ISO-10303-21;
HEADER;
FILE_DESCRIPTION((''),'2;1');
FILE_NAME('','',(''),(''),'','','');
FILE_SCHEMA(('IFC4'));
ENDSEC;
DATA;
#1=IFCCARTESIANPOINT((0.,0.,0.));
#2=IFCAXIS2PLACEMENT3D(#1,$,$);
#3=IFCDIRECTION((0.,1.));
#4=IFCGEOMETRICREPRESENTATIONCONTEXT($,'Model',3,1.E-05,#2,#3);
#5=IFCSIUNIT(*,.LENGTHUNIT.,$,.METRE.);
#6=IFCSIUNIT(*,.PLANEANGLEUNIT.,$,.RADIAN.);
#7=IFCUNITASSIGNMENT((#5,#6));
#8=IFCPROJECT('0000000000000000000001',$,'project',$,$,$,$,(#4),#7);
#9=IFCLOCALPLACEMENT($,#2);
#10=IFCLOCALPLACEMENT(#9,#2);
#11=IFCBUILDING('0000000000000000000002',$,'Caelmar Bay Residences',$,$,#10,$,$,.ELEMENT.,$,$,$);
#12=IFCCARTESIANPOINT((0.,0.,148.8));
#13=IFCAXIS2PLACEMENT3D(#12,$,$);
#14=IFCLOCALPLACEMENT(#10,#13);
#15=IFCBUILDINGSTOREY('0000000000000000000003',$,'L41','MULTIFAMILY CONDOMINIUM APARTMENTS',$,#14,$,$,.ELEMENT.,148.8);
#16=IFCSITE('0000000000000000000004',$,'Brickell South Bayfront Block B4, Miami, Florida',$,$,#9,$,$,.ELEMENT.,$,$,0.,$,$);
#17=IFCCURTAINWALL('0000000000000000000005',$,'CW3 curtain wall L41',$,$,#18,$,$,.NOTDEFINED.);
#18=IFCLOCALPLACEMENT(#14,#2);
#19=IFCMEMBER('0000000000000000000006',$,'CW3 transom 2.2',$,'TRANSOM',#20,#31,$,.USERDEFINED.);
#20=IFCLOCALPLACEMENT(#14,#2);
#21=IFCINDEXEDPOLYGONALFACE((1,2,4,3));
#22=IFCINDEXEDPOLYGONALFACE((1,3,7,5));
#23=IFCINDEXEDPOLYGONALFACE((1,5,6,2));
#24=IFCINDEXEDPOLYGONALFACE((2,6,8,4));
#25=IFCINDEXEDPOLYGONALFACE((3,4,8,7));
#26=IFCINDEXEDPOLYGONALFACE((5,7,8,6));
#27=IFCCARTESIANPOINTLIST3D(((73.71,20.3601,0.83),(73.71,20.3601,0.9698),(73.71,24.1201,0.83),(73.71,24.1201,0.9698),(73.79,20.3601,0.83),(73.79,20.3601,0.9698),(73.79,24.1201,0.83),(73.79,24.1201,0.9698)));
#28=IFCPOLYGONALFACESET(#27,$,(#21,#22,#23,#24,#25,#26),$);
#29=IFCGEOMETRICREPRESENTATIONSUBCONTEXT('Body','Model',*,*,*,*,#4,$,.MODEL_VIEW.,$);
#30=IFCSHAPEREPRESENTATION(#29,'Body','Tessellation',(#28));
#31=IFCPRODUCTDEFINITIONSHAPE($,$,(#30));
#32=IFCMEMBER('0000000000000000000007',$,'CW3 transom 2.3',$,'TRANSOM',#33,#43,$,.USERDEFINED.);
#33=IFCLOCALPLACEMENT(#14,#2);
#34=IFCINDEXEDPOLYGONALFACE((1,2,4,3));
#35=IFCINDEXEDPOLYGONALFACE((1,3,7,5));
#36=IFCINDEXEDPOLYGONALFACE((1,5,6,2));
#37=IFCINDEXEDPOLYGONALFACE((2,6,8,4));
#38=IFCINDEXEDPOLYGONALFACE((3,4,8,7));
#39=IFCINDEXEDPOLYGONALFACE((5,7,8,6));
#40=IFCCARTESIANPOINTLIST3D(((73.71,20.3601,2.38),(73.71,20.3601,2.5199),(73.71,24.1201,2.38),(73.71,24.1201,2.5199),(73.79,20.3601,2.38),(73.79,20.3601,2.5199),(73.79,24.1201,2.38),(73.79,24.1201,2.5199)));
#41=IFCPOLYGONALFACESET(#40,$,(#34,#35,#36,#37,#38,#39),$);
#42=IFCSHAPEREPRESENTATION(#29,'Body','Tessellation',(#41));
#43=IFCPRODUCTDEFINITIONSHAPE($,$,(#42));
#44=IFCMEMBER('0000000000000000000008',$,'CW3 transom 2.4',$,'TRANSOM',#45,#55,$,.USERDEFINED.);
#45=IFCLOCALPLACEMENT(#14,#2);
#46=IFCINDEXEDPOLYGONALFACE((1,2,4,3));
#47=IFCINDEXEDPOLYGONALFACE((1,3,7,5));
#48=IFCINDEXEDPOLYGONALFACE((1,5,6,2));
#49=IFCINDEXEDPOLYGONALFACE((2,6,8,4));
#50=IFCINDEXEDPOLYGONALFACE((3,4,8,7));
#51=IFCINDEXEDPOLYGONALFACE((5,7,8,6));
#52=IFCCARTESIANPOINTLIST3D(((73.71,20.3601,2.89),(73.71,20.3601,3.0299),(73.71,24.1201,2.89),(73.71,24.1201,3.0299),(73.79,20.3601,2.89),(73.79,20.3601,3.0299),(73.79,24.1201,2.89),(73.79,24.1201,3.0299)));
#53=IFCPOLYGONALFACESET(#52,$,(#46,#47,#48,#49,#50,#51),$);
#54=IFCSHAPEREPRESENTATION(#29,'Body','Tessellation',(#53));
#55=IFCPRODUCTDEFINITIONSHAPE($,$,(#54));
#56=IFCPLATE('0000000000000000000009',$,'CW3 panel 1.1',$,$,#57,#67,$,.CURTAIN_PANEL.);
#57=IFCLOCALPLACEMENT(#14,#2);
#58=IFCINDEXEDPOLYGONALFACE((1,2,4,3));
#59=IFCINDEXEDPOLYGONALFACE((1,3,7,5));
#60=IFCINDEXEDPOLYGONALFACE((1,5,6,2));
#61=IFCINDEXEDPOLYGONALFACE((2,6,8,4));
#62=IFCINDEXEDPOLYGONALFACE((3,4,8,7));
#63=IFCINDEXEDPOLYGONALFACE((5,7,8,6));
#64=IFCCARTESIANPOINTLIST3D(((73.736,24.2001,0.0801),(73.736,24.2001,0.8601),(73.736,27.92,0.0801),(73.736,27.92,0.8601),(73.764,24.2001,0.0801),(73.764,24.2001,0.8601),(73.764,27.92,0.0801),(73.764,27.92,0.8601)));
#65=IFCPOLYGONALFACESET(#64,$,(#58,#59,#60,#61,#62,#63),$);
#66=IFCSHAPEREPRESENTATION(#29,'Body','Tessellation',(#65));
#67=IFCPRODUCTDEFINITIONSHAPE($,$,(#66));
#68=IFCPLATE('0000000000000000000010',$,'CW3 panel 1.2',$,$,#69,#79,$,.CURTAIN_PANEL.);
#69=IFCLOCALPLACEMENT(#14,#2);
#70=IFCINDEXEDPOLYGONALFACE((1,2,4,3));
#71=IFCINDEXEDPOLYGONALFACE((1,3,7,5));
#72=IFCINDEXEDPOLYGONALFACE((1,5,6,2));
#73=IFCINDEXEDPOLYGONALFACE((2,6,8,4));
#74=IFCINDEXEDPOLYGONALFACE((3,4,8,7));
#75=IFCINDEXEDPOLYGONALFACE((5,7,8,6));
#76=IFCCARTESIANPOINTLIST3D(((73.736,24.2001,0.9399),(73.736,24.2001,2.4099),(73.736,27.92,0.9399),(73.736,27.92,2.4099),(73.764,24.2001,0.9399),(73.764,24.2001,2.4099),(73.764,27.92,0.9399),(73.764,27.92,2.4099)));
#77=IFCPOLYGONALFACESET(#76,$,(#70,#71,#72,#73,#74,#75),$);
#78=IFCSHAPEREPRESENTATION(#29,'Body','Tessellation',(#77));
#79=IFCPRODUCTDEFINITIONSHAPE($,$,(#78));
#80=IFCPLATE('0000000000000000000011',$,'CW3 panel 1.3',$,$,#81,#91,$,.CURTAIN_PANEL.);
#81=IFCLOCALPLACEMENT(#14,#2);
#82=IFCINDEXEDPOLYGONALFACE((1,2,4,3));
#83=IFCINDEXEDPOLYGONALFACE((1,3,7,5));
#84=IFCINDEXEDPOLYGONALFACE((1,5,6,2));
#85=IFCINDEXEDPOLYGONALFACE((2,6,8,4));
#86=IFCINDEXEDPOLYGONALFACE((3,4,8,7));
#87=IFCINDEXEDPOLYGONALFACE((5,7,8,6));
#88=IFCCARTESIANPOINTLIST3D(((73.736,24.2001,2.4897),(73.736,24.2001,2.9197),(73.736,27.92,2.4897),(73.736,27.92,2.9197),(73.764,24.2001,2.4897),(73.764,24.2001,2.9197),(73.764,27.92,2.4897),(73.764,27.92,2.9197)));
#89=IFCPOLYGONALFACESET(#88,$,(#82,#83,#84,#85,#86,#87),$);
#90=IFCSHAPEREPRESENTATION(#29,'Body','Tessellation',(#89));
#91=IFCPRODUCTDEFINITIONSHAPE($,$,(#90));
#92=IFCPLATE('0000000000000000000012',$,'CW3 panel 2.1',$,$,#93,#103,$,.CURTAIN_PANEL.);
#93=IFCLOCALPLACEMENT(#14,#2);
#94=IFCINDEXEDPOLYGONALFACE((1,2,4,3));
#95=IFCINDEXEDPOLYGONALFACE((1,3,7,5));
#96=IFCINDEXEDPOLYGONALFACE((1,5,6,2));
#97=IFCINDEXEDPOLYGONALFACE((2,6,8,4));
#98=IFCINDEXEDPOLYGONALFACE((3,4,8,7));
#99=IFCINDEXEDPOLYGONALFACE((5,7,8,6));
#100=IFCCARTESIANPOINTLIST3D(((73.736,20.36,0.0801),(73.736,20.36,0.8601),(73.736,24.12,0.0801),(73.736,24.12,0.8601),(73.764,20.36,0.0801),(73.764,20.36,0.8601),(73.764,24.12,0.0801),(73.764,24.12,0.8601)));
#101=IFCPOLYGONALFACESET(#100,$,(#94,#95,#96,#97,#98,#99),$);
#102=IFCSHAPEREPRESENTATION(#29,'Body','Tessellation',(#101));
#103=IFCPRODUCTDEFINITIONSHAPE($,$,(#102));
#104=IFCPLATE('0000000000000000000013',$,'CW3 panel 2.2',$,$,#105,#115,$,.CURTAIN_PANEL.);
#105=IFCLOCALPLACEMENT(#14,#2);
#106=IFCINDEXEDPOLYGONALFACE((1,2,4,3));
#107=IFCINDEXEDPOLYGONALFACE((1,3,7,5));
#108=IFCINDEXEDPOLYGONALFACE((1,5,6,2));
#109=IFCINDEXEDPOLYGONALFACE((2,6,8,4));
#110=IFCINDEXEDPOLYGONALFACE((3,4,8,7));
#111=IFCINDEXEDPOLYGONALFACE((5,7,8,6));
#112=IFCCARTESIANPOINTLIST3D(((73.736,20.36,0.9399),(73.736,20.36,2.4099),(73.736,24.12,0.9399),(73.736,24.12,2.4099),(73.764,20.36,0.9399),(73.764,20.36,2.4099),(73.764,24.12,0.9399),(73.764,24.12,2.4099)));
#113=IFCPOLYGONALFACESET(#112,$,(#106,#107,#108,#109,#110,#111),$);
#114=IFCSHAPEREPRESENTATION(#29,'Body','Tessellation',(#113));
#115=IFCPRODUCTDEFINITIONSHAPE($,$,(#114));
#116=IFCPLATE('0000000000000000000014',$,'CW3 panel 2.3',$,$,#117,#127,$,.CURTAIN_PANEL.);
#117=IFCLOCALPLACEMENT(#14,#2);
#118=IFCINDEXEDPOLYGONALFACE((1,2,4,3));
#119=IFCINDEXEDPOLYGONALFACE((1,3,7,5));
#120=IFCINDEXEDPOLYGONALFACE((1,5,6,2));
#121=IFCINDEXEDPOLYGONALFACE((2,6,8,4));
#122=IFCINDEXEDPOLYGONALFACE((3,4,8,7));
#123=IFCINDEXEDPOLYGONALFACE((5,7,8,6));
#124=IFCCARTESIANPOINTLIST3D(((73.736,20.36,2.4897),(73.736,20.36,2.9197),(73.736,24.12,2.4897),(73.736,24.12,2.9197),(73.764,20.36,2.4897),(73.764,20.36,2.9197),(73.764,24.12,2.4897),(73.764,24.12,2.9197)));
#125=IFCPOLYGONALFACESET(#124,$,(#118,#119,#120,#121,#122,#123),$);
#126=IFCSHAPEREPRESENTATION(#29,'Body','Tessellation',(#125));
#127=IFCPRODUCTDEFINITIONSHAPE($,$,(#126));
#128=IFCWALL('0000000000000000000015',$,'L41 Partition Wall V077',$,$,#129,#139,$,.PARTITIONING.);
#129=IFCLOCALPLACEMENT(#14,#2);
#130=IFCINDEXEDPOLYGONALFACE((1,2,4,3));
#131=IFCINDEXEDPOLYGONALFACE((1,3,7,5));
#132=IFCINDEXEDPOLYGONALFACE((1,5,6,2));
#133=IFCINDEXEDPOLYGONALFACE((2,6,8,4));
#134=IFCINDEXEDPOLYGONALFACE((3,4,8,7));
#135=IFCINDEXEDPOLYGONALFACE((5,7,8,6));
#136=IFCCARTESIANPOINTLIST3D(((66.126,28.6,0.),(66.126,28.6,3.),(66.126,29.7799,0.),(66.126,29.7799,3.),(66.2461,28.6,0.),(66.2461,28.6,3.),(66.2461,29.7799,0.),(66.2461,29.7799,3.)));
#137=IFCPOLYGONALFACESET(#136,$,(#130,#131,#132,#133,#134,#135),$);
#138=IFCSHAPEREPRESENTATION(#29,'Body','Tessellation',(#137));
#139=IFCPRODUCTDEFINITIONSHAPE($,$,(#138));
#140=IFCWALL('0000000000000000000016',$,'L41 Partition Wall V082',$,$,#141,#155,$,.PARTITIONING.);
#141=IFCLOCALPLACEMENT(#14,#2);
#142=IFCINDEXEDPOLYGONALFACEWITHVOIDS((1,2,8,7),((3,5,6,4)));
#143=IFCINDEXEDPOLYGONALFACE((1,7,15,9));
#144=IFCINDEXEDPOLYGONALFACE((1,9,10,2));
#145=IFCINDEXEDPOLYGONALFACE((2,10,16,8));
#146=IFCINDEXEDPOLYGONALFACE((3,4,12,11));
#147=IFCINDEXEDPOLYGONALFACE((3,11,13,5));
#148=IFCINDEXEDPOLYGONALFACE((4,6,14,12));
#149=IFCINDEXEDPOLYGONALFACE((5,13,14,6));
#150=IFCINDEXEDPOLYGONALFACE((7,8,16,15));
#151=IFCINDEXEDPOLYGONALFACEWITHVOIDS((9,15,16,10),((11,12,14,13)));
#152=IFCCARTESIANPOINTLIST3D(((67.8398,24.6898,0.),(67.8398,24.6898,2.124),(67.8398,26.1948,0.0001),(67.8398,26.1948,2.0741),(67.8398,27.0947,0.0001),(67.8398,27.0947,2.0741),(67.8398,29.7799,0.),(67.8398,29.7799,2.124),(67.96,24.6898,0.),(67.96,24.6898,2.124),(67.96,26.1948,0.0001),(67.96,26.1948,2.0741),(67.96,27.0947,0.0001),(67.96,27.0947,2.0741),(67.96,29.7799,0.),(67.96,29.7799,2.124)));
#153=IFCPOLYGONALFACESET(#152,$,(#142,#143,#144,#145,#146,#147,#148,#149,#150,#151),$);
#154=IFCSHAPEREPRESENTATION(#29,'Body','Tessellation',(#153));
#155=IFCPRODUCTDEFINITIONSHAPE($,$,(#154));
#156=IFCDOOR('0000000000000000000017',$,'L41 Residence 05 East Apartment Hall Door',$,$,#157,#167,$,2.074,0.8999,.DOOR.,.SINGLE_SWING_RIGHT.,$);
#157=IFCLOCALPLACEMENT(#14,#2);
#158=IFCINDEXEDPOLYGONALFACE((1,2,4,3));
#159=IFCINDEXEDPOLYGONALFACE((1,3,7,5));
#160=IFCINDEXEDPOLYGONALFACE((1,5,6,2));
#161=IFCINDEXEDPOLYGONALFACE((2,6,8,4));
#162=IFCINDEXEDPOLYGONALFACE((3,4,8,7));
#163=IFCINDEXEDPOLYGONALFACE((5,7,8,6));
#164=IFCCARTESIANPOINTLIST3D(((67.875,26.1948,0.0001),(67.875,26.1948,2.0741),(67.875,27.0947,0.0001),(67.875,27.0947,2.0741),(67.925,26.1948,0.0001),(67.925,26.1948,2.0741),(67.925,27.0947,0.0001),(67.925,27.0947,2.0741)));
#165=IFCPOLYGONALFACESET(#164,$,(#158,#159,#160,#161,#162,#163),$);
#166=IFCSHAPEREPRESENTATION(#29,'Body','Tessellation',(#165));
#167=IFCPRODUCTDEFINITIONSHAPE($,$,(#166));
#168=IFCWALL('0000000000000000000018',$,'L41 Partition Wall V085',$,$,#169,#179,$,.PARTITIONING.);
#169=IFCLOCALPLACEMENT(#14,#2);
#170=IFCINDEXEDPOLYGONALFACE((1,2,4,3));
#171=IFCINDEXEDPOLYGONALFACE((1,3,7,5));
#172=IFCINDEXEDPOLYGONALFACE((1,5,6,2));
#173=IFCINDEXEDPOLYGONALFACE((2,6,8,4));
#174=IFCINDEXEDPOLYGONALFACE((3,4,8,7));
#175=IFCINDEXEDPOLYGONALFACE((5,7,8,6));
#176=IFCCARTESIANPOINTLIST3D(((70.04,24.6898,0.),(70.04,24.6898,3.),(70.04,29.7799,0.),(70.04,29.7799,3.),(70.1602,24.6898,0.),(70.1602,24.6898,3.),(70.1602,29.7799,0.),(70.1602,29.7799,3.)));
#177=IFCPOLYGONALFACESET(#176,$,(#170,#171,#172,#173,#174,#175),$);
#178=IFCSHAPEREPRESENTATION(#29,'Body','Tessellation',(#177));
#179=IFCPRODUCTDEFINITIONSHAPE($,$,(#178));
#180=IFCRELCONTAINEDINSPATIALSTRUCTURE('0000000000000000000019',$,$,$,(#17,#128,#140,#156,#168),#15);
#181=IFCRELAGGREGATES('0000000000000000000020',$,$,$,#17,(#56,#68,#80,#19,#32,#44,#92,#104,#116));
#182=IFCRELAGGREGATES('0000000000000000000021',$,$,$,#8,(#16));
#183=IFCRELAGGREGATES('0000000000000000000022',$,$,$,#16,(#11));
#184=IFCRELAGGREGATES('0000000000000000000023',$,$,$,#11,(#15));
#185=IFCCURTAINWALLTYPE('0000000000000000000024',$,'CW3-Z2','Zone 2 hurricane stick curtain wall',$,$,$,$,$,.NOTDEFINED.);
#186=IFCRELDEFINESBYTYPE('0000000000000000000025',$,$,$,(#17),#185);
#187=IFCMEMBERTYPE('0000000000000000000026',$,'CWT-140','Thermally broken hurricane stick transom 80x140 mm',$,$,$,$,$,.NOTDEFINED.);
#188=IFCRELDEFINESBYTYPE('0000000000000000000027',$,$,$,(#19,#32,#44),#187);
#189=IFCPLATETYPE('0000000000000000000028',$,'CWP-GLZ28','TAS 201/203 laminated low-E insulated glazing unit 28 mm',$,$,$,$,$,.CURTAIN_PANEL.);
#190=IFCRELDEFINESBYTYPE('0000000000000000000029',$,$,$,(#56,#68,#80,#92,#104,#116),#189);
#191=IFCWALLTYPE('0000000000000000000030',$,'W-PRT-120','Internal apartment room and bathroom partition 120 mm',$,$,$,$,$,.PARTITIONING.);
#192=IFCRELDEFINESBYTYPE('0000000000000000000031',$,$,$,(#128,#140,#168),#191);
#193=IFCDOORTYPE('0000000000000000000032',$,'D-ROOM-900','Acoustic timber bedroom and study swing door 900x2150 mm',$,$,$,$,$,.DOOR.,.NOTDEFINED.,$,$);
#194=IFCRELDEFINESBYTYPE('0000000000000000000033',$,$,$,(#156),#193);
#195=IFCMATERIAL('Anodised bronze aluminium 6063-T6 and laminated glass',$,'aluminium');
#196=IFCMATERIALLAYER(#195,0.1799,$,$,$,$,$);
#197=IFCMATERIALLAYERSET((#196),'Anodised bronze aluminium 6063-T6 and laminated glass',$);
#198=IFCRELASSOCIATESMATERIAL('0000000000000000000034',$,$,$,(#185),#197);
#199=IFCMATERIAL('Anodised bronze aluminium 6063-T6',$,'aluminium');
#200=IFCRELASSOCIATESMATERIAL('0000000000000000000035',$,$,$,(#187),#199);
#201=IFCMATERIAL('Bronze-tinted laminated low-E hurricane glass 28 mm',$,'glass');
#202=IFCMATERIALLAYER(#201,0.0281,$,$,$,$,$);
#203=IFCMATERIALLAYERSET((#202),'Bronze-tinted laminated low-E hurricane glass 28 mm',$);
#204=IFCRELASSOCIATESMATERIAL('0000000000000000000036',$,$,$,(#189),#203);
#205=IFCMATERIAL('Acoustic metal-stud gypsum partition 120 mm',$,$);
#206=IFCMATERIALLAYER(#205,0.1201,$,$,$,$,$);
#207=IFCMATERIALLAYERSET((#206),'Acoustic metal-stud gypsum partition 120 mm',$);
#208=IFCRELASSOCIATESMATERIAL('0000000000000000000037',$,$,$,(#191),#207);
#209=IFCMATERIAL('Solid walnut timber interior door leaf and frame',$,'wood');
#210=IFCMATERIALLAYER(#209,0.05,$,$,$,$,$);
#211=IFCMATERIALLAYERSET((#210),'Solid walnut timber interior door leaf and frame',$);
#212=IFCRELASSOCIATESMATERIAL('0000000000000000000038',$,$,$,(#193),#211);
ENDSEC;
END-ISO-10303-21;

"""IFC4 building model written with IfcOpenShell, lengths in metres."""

from ifc_helpers import new_model, si_unit, direction, frame, frame_2d, origin, origin_2d, place, context, subcontext, project, spatial, rectangle, extrude, material, layer, layer_set, material_profile, profile_set, type_object, element, fill, aggregate, save


model = new_model("IFC4")

# Units and contexts
model_context = context("Model", 3, precision=1e-05, world=origin(), true_north=direction((0.0, 1.0)))
body_context = subcontext(model_context, "Body", "Model", "MODEL_VIEW")
ifc_project = project(units=[si_unit("LENGTHUNIT", "METRE"), si_unit("PLANEANGLEUNIT", "RADIAN")], contexts=[model_context])

# Site, building, storey
site_placement = place(None, origin())
site = spatial("IfcSite", under=ifc_project, at=site_placement, Name="Brickell South Bayfront Block B4, Miami, Florida", CompositionType="ELEMENT", RefElevation=0.0)
building_placement = place(site_placement, origin())
building = spatial("IfcBuilding", under=site, at=building_placement, Name="Caelmar Bay Residences", CompositionType="ELEMENT")
storey_placement = place(building_placement, frame((0.0, 0.0, 148.8)))
storey = spatial("IfcBuildingStorey", under=building, at=storey_placement, Name="L41", Description="MULTIFAMILY CONDOMINIUM APARTMENTS", CompositionType="ELEMENT", Elevation=148.8)

# Curtain wall, members, plates
ifc_material_1 = material(Name="Anodised bronze aluminium 6063-T6 and laminated glass", Category="aluminium")
ifc_layer_1 = layer(ifc_material_1, 0.1799)
ifc_layer_set_1 = layer_set([ifc_layer_1], Name="Anodised bronze aluminium 6063-T6 and laminated glass")
curtain_wall_type = type_object("IfcCurtainWallType", Name="CW3-Z2", Description="Zone 2 hurricane stick curtain wall", PredefinedType="NOTDEFINED", material=ifc_layer_set_1)
curtain_wall_placement = place(storey_placement, origin())
curtain_wall = element("IfcCurtainWall", 1, at=curtain_wall_placement, inside=storey, type_object=curtain_wall_type, Name="CW3 curtain wall L41", PredefinedType="NOTDEFINED")
ifc_material_2 = material(Name="Anodised bronze aluminium 6063-T6", Category="aluminium")
ifc_material_profile_1 = material_profile(ifc_material_2, rectangle(XDim=0.0801, YDim=0.1399, at=origin_2d()), Name="CWT-80X140")
ifc_profile_set_1 = profile_set([ifc_material_profile_1], Name="Anodised bronze aluminium 6063-T6")
member_type_1 = type_object("IfcMemberType", Name="CWT-140", Description="Thermally broken hurricane stick transom 80x140 mm", PredefinedType="NOTDEFINED", material=ifc_profile_set_1)
member_1_placement = place(storey_placement, frame((73.75, 24.1201, 0.8999), z_axis=(0.0, -1.0, 0.0), x_axis=(1.0, 0.0, 0.0)))
member_1 = element("IfcMember", 2, at=member_1_placement, type_object=member_type_1, Name="CW3 transom 2.2", ObjectType="TRANSOM", PredefinedType="USERDEFINED", context=body_context, shape_type="SweptSolid", body=[
    extrude(rectangle(XDim=0.0801, YDim=0.1399, at=origin_2d()), origin(), (0.0, 0.0, 1.0), 3.76),
])
member_2_placement = place(storey_placement, frame((73.75, 24.1201, 2.45), z_axis=(0.0, -1.0, 0.0), x_axis=(1.0, 0.0, 0.0)))
member_2 = element("IfcMember", 3, at=member_2_placement, type_object=member_type_1, Name="CW3 transom 2.3", ObjectType="TRANSOM", PredefinedType="USERDEFINED", context=body_context, shape_type="SweptSolid", body=[
    extrude(rectangle(XDim=0.0801, YDim=0.1399, at=origin_2d()), origin(), (0.0, 0.0, 1.0), 3.76),
])
member_3_placement = place(storey_placement, frame((73.75, 24.1201, 2.96), z_axis=(0.0, -1.0, 0.0), x_axis=(1.0, 0.0, 0.0)))
member_3 = element("IfcMember", 4, at=member_3_placement, type_object=member_type_1, Name="CW3 transom 2.4", ObjectType="TRANSOM", PredefinedType="USERDEFINED", context=body_context, shape_type="SweptSolid", body=[
    extrude(rectangle(XDim=0.0801, YDim=0.1399, at=origin_2d()), origin(), (0.0, 0.0, 1.0), 3.76),
])
ifc_material_3 = material(Name="Bronze-tinted laminated low-E hurricane glass 28 mm", Category="glass")
ifc_layer_2 = layer(ifc_material_3, 0.0281)
ifc_layer_set_2 = layer_set([ifc_layer_2], Name="Bronze-tinted laminated low-E hurricane glass 28 mm")
plate_type = type_object("IfcPlateType", Name="CWP-GLZ28", Description="TAS 201/203 laminated low-E insulated glazing unit 28 mm", PredefinedType="CURTAIN_PANEL", material=ifc_layer_set_2)
plate_1_placement = place(storey_placement, frame((73.75, 26.0601, 0.0801), z_axis=(0.0, 0.0, 1.0), x_axis=(0.0, -1.0, 0.0)))
plate_1 = element("IfcPlate", 5, at=plate_1_placement, type_object=plate_type, Name="CW3 panel 1.1", PredefinedType="CURTAIN_PANEL", context=body_context, shape_type="SweptSolid", body=[
    extrude(rectangle(XDim=3.72, YDim=0.0281, at=origin_2d()), origin(), (0.0, 0.0, 1.0), 0.78),
])
plate_2_placement = place(storey_placement, frame((73.75, 26.0601, 0.9399), z_axis=(0.0, 0.0, 1.0), x_axis=(0.0, -1.0, 0.0)))
plate_2 = element("IfcPlate", 6, at=plate_2_placement, type_object=plate_type, Name="CW3 panel 1.2", PredefinedType="CURTAIN_PANEL", context=body_context, shape_type="SweptSolid", body=[
    extrude(rectangle(XDim=3.72, YDim=0.0281, at=origin_2d()), origin(), (0.0, 0.0, 1.0), 1.47),
])
plate_3_placement = place(storey_placement, frame((73.75, 26.0601, 2.4897), z_axis=(0.0, 0.0, 1.0), x_axis=(0.0, -1.0, 0.0)))
plate_3 = element("IfcPlate", 7, at=plate_3_placement, type_object=plate_type, Name="CW3 panel 1.3", PredefinedType="CURTAIN_PANEL", context=body_context, shape_type="SweptSolid", body=[
    extrude(rectangle(XDim=3.72, YDim=0.0281, at=origin_2d()), origin(), (0.0, 0.0, 1.0), 0.4299),
])
plate_4_placement = place(storey_placement, frame((73.75, 22.24, 0.0801), z_axis=(0.0, 0.0, 1.0), x_axis=(0.0, -1.0, 0.0)))
plate_4 = element("IfcPlate", 8, at=plate_4_placement, type_object=plate_type, Name="CW3 panel 2.1", PredefinedType="CURTAIN_PANEL", context=body_context, shape_type="SweptSolid", body=[
    extrude(rectangle(XDim=3.76, YDim=0.0281, at=origin_2d()), origin(), (0.0, 0.0, 1.0), 0.78),
])
plate_5_placement = place(storey_placement, frame((73.75, 22.24, 0.9399), z_axis=(0.0, 0.0, 1.0), x_axis=(0.0, -1.0, 0.0)))
plate_5 = element("IfcPlate", 9, at=plate_5_placement, type_object=plate_type, Name="CW3 panel 2.2", PredefinedType="CURTAIN_PANEL", context=body_context, shape_type="SweptSolid", body=[
    extrude(rectangle(XDim=3.76, YDim=0.0281, at=origin_2d()), origin(), (0.0, 0.0, 1.0), 1.47),
])
plate_6_placement = place(storey_placement, frame((73.75, 22.24, 2.4897), z_axis=(0.0, 0.0, 1.0), x_axis=(0.0, -1.0, 0.0)))
plate_6 = element("IfcPlate", 10, at=plate_6_placement, type_object=plate_type, Name="CW3 panel 2.3", PredefinedType="CURTAIN_PANEL", context=body_context, shape_type="SweptSolid", body=[
    extrude(rectangle(XDim=3.76, YDim=0.0281, at=origin_2d()), origin(), (0.0, 0.0, 1.0), 0.4299),
])
aggregate(curtain_wall, [plate_1, plate_2, plate_3, member_1, member_2, member_3, plate_4, plate_5, plate_6])

# Wall
ifc_material_4 = material(Name="Acoustic metal-stud gypsum partition 120 mm")
ifc_layer_3 = layer(ifc_material_4, 0.1201)
ifc_layer_set_3 = layer_set([ifc_layer_3], Name="Acoustic metal-stud gypsum partition 120 mm")
wall_type = type_object("IfcWallType", Name="W-PRT-120", Description="Internal apartment room and bathroom partition 120 mm", PredefinedType="PARTITIONING", material=ifc_layer_set_3)
wall_1_placement = place(storey_placement, frame((66.186, 28.6001, 0.0), z_axis=(0.0, 0.0, 1.0), x_axis=(0.0, 1.0, 0.0)))
element("IfcWall", 11, at=wall_1_placement, inside=storey, type_object=wall_type, Name="L41 Partition Wall V077", PredefinedType="PARTITIONING", context=body_context, shape_type="SweptSolid", body=[
    extrude(rectangle(XDim=1.1799, YDim=0.1201, at=frame_2d((0.5898, 0.0))), origin(), (0.0, 0.0, 1.0), 3.0),
])

# Wall, opening, door
wall_2_placement = place(storey_placement, frame((67.8999, 24.6899, 0.0), z_axis=(0.0, 0.0, 1.0), x_axis=(0.0, 1.0, 0.0)))
wall_2 = element("IfcWall", 12, at=wall_2_placement, inside=storey, type_object=wall_type, Name="L41 Partition Wall V082", PredefinedType="PARTITIONING", context=body_context, shape_type="SweptSolid", body=[
    extrude(rectangle(XDim=5.0901, YDim=0.1201, at=frame_2d((2.5449, 0.0))), origin(), (0.0, 0.0, 1.0), 2.124),
])
opening_1_placement = place(wall_2_placement, frame((1.5049, 0.0, 0.0)))
opening_1 = element("IfcOpeningElement", 13, at=opening_1_placement, cuts=wall_2, PredefinedType="OPENING", context=body_context, shape_type="SweptSolid", body=[
    extrude(rectangle(XDim=0.8999, YDim=2.074, at=frame_2d((0.45, 1.0371))), frame((0.0, 0.0701, 0.0), z_axis=(0.0, -1.0, 0.0), x_axis=(1.0, 0.0, 0.0)), (0.0, 0.0, 1.0), 0.1401),
])
ifc_material_5 = material(Name="Solid walnut timber interior door leaf and frame", Category="wood")
ifc_layer_4 = layer(ifc_material_5, 0.05)
ifc_layer_set_4 = layer_set([ifc_layer_4], Name="Solid walnut timber interior door leaf and frame")
door_type = type_object("IfcDoorType", Name="D-ROOM-900", Description="Acoustic timber bedroom and study swing door 900x2150 mm", OperationType="NOTDEFINED", PredefinedType="DOOR", material=ifc_layer_set_4)
door_1_placement = place(opening_1_placement, origin())
door_1 = element("IfcDoor", 14, at=door_1_placement, inside=storey, type_object=door_type, Name="L41 Residence 05 East Apartment Hall Door", OperationType="SINGLE_SWING_RIGHT", OverallHeight=2.074, OverallWidth=0.8999, PredefinedType="DOOR", context=body_context, shape_type="SweptSolid", body=[
    extrude(rectangle(XDim=0.8999, YDim=2.074, at=frame_2d((0.45, 1.0371))), frame((0.0, 0.0249, 0.0), z_axis=(0.0, -1.0, 0.0), x_axis=(1.0, 0.0, 0.0)), (0.0, 0.0, 1.0), 0.05),
])
fill(opening_1, door_1)

# Wall
wall_3_placement = place(storey_placement, frame((70.1001, 24.6899, 0.0), z_axis=(0.0, 0.0, 1.0), x_axis=(0.0, 1.0, 0.0)))
element("IfcWall", 15, at=wall_3_placement, inside=storey, type_object=wall_type, Name="L41 Partition Wall V085", PredefinedType="PARTITIONING", context=body_context, shape_type="SweptSolid", body=[
    extrude(rectangle(XDim=5.0901, YDim=0.1201, at=frame_2d((2.5449, 0.0))), origin(), (0.0, 0.0, 1.0), 3.0),
])

save(model, "model.ifc")
